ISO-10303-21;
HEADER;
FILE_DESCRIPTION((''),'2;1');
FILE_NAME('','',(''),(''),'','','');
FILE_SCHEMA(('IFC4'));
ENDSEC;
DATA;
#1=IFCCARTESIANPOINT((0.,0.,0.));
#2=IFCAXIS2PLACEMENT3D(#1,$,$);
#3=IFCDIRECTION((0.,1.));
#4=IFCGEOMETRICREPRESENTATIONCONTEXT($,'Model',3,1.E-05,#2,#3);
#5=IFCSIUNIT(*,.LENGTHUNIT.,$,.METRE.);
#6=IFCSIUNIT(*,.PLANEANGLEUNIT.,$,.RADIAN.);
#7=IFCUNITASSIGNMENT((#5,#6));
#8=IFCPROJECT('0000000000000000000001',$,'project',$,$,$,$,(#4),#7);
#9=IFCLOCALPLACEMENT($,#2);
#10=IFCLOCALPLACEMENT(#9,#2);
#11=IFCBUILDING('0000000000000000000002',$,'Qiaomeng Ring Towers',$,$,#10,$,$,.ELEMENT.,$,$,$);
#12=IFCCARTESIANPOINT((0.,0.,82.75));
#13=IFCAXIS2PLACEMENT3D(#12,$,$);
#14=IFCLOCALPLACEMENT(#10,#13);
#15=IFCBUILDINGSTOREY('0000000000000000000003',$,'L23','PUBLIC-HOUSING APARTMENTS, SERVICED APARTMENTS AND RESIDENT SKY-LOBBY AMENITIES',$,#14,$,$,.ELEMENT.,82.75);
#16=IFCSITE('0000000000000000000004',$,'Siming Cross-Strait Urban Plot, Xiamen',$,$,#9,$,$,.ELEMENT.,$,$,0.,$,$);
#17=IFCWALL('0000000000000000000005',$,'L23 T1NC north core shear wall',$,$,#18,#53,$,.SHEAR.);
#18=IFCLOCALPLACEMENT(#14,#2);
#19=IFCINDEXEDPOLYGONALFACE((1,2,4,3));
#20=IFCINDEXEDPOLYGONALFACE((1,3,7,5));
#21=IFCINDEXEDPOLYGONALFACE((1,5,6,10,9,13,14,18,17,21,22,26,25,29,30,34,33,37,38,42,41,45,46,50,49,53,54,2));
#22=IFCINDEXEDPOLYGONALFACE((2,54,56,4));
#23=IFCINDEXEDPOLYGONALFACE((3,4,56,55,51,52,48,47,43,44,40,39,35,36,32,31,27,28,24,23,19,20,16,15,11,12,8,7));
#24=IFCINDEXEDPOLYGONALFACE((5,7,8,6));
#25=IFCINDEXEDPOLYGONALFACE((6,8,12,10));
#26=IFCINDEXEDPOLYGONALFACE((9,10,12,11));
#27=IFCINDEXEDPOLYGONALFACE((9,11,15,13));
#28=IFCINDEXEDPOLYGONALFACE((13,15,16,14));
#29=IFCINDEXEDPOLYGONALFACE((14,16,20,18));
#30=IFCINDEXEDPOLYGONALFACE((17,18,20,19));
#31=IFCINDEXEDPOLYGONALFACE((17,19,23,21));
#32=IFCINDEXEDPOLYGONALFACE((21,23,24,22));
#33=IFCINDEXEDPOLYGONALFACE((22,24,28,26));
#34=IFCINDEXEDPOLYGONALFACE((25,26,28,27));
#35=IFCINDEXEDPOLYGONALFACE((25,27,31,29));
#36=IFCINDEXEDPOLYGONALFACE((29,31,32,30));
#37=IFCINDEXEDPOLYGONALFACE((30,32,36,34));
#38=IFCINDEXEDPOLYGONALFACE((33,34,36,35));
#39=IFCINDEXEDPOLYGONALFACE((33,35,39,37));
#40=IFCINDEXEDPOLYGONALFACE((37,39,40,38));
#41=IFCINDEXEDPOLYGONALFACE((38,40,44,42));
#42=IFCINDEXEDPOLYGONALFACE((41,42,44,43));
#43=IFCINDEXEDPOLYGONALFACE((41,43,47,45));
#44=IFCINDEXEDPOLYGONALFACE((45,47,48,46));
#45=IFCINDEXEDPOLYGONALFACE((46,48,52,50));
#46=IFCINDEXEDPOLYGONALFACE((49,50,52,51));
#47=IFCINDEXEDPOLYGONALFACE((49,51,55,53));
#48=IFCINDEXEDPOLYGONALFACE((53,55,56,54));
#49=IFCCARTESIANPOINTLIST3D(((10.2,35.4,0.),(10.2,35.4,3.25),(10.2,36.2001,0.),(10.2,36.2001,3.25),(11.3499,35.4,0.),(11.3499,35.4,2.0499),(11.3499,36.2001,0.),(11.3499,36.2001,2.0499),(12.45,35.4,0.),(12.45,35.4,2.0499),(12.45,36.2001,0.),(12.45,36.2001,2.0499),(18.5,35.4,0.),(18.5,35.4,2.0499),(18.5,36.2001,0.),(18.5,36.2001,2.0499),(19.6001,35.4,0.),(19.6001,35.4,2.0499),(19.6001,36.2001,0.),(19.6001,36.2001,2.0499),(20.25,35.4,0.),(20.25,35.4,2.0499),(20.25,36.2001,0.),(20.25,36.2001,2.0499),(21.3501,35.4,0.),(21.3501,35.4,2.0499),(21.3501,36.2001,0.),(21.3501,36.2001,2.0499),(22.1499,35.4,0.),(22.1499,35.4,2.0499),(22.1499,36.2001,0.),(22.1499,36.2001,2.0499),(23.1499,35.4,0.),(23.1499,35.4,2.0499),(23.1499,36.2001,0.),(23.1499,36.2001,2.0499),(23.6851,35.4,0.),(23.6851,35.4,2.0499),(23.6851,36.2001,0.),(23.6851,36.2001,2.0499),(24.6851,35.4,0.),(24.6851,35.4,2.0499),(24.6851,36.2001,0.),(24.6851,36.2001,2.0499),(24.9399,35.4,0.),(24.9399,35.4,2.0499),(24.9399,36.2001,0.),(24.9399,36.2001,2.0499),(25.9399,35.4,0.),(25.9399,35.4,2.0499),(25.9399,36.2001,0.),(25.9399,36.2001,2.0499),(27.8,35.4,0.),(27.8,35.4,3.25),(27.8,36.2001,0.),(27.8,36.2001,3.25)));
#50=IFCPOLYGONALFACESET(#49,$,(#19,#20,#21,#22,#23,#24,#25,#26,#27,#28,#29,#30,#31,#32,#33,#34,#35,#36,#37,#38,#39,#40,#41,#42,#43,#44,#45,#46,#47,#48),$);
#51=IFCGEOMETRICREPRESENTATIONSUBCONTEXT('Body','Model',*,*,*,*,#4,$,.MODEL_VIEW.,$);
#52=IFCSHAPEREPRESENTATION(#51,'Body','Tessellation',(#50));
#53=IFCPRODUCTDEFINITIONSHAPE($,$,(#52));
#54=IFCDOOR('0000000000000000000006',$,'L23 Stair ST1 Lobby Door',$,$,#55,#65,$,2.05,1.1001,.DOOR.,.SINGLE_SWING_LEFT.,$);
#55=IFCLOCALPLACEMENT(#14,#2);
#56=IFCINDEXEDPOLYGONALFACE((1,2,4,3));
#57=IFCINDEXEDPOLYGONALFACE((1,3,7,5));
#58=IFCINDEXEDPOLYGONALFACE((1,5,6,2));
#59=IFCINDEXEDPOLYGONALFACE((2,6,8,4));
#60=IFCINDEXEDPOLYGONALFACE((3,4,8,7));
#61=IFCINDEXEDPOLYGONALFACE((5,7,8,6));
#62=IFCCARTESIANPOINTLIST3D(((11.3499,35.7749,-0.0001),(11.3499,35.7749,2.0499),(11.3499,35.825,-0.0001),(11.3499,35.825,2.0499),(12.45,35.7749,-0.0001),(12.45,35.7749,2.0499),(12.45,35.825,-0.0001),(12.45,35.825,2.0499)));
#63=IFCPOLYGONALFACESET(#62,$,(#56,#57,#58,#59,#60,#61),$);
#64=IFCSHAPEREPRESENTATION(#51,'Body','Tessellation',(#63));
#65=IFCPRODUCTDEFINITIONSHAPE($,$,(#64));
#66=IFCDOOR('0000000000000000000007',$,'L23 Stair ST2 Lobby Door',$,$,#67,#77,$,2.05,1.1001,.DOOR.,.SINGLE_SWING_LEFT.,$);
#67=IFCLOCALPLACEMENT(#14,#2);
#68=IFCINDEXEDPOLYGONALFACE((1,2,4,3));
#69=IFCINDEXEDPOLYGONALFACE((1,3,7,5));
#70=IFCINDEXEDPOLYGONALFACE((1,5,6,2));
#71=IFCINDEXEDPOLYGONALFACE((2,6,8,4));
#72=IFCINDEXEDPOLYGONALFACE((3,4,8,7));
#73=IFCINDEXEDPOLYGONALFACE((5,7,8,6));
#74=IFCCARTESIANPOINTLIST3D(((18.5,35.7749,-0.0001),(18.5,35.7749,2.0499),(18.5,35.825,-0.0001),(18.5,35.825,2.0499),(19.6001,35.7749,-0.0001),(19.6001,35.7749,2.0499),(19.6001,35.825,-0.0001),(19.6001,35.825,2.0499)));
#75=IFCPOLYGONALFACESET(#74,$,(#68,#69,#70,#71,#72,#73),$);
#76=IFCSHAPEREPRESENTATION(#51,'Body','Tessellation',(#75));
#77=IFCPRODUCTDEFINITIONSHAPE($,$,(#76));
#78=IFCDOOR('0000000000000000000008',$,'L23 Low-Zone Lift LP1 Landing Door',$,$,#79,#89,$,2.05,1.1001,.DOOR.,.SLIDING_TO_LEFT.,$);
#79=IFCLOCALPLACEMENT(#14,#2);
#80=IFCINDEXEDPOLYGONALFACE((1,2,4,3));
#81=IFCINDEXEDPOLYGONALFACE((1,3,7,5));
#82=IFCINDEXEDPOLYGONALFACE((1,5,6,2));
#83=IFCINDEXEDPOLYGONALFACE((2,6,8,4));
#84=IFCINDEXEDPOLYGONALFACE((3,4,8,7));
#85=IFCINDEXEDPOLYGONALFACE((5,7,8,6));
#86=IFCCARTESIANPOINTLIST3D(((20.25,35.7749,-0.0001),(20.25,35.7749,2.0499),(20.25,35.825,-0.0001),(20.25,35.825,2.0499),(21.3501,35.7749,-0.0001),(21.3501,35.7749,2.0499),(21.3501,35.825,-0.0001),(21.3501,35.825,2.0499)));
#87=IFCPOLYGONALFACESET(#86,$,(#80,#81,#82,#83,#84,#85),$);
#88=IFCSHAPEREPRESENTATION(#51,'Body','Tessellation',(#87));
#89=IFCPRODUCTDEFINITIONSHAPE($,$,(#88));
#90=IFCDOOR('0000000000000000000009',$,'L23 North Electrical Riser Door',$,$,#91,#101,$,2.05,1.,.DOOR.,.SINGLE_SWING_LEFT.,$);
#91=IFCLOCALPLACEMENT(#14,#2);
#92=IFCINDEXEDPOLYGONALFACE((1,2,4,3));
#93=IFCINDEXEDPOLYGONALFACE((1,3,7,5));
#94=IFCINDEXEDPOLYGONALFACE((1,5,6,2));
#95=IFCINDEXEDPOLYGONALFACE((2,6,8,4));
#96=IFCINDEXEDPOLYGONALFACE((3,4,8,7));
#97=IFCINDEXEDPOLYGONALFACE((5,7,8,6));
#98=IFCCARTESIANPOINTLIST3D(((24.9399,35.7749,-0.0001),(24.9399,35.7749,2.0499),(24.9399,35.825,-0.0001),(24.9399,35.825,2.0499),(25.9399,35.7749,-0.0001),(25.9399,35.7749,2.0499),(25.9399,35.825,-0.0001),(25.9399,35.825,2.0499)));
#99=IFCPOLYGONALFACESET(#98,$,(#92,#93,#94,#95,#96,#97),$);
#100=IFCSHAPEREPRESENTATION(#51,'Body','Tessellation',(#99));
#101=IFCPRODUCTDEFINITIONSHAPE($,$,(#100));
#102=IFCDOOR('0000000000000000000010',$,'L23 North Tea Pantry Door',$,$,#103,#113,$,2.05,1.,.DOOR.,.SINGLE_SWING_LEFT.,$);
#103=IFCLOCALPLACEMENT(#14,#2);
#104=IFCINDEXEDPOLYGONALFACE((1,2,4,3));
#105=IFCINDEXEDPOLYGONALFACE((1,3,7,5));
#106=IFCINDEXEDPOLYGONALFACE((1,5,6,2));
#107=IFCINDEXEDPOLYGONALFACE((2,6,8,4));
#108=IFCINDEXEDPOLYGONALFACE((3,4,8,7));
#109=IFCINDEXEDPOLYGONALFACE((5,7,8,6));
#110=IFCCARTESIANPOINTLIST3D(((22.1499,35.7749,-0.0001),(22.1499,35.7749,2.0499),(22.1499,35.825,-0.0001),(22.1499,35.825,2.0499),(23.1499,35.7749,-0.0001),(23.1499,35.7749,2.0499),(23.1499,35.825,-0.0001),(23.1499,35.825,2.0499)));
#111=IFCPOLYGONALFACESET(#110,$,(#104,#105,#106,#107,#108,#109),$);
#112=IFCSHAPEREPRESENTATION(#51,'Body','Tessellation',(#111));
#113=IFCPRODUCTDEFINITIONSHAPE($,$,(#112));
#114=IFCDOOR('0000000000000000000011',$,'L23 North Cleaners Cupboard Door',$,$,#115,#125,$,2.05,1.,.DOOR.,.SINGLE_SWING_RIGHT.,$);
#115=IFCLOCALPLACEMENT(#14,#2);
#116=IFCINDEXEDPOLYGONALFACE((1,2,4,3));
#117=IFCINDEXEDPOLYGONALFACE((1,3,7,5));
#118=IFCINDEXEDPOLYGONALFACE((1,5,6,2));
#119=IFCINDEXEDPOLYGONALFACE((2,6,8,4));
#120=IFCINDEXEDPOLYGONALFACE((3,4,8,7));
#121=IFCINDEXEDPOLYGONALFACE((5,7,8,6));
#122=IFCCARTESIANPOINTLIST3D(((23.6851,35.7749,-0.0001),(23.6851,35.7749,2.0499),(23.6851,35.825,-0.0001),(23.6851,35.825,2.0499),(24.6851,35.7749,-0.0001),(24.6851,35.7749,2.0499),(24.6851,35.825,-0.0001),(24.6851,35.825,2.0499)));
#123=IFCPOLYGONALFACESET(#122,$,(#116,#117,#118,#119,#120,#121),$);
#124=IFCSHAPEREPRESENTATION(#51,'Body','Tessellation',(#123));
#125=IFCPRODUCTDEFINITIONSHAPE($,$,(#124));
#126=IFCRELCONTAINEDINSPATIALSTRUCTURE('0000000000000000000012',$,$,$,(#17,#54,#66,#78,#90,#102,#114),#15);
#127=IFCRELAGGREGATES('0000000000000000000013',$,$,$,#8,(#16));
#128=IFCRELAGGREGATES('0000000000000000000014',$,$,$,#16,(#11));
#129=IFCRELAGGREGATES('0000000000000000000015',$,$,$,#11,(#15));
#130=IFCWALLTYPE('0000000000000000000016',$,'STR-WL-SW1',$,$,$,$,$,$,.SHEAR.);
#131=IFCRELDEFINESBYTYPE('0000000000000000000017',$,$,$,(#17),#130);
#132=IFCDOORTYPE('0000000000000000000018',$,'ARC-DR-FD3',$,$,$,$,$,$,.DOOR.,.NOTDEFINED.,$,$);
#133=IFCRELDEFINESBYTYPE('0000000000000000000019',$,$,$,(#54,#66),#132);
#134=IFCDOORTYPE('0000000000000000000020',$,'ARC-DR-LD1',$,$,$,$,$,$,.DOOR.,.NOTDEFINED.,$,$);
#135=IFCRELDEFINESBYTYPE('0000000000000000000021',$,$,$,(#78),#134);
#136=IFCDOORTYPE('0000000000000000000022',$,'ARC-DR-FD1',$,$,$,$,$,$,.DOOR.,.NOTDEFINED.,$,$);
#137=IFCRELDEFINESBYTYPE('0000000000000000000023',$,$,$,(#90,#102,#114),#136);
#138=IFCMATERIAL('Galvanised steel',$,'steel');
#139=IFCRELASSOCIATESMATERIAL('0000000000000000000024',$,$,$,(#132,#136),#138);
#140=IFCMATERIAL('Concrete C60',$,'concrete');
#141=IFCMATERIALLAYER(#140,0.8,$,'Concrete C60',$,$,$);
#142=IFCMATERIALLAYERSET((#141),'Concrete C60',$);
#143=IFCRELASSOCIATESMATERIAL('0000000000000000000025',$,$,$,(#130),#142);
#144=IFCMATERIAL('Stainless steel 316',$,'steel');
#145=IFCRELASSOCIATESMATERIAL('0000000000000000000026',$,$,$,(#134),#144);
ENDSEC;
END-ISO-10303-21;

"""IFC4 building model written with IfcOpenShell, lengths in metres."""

from ifc_helpers import new_model, si_unit, direction, frame, frame_2d, origin, place, context, subcontext, project, spatial, rectangle, extrude, source, transform, mapped, material, layer, layer_set, type_object, element, fill, save


model = new_model("IFC4")

# Units and contexts
model_context = context("Model", 3, precision=1e-05, world=origin(), true_north=direction((0.0, 1.0)))
body_context = subcontext(model_context, "Body", "Model", "MODEL_VIEW")
ifc_project = project(units=[si_unit("LENGTHUNIT", "METRE"), si_unit("PLANEANGLEUNIT", "RADIAN")], contexts=[model_context])

# Site, building, storey
site_placement = place(None, origin())
site = spatial("IfcSite", under=ifc_project, at=site_placement, Name="Siming Cross-Strait Urban Plot, Xiamen", CompositionType="ELEMENT", RefElevation=0.0)
building_placement = place(site_placement, origin())
building = spatial("IfcBuilding", under=site, at=building_placement, Name="Qiaomeng Ring Towers", CompositionType="ELEMENT")
storey_placement = place(building_placement, frame((0.0, 0.0, 82.75)))
storey = spatial("IfcBuildingStorey", under=building, at=storey_placement, Name="L23", Description="PUBLIC-HOUSING APARTMENTS, SERVICED APARTMENTS AND RESIDENT SKY-LOBBY AMENITIES", CompositionType="ELEMENT", Elevation=82.75)

# Shared definitions
ifc_material_1 = material(Name="Concrete C60", Category="concrete")

# Shared definitions
shared_shape_1 = source(origin(), body_context, "Body", "SweptSolid", [
    extrude(rectangle(XDim=1.0, YDim=2.05, at=frame_2d((0.5, 1.0249))), frame((0.0, 0.0249, 0.0), z_axis=(0.0, -1.0, 0.0), x_axis=(1.0, 0.0, 0.0)), (0.0, 0.0, 1.0), 0.05),
])

# Shared definitions
ifc_material_2 = material(Name="Galvanised steel", Category="steel")
door_type_1 = type_object("IfcDoorType", Name="ARC-DR-FD3", OperationType="NOTDEFINED", PredefinedType="DOOR", material=ifc_material_2)
shared_shape_2 = source(origin(), body_context, "Body", "SweptSolid", [
    extrude(rectangle(XDim=1.1001, YDim=2.05, at=frame_2d((0.55, 1.0249))), frame((0.0, 0.0249, 0.0), z_axis=(0.0, -1.0, 0.0), x_axis=(1.0, 0.0, 0.0)), (0.0, 0.0, 1.0), 0.05),
])

# Wall, openings, doors
ifc_layer_1 = layer(ifc_material_1, 0.8, Name="Concrete C60")
ifc_layer_set_1 = layer_set([ifc_layer_1], Name="Concrete C60")
wall_type_1 = type_object("IfcWallType", Name="STR-WL-SW1", PredefinedType="SHEAR", material=ifc_layer_set_1)
wall_1_placement = place(storey_placement, frame((10.2, 35.8, 0.0), z_axis=(0.0, 0.0, 1.0), x_axis=(1.0, 0.0, 0.0)))
wall_1 = element("IfcWall", 1, at=wall_1_placement, inside=storey, type_object=wall_type_1, Name="L23 T1NC north core shear wall", PredefinedType="SHEAR", context=body_context, shape_type="SweptSolid", body=[
    extrude(rectangle(XDim=17.6001, YDim=0.8, at=frame_2d((8.8, 0.0))), origin(), (0.0, 0.0, 1.0), 3.25),
])
opening_1_placement = place(wall_1_placement, frame((1.1499, 0.0, 0.0)))
opening_1 = element("IfcOpeningElement", 2, at=opening_1_placement, cuts=wall_1, PredefinedType="OPENING", context=body_context, shape_type="SweptSolid", body=[
    extrude(rectangle(XDim=1.1001, YDim=2.05, at=frame_2d((0.55, 1.0249))), frame((0.0, 0.4099, 0.0), z_axis=(0.0, -1.0, 0.0), x_axis=(1.0, 0.0, 0.0)), (0.0, 0.0, 1.0), 0.8201),
])
opening_2_placement = place(wall_1_placement, frame((8.3, 0.0, 0.0)))
opening_2 = element("IfcOpeningElement", 3, at=opening_2_placement, cuts=wall_1, PredefinedType="OPENING", context=body_context, shape_type="SweptSolid", body=[
    extrude(rectangle(XDim=1.1001, YDim=2.05, at=frame_2d((0.55, 1.0249))), frame((0.0, 0.4099, 0.0), z_axis=(0.0, -1.0, 0.0), x_axis=(1.0, 0.0, 0.0)), (0.0, 0.0, 1.0), 0.8201),
])
opening_3_placement = place(wall_1_placement, frame((10.05, 0.0, 0.0)))
opening_3 = element("IfcOpeningElement", 4, at=opening_3_placement, cuts=wall_1, PredefinedType="OPENING", context=body_context, shape_type="SweptSolid", body=[
    extrude(rectangle(XDim=1.1001, YDim=2.05, at=frame_2d((0.55, 1.0249))), frame((0.0, 0.4099, 0.0), z_axis=(0.0, -1.0, 0.0), x_axis=(1.0, 0.0, 0.0)), (0.0, 0.0, 1.0), 0.8201),
])
opening_4_placement = place(wall_1_placement, frame((14.74, 0.0, 0.0)))
opening_4 = element("IfcOpeningElement", 5, at=opening_4_placement, cuts=wall_1, PredefinedType="OPENING", context=body_context, shape_type="SweptSolid", body=[
    extrude(rectangle(XDim=1.0, YDim=2.05, at=frame_2d((0.5, 1.0249))), frame((0.0, 0.4099, 0.0), z_axis=(0.0, -1.0, 0.0), x_axis=(1.0, 0.0, 0.0)), (0.0, 0.0, 1.0), 0.8201),
])
opening_5_placement = place(wall_1_placement, frame((11.95, 0.0, 0.0)))
opening_5 = element("IfcOpeningElement", 6, at=opening_5_placement, cuts=wall_1, PredefinedType="OPENING", context=body_context, shape_type="SweptSolid", body=[
    extrude(rectangle(XDim=1.0, YDim=2.05, at=frame_2d((0.5, 1.0249))), frame((0.0, 0.4099, 0.0), z_axis=(0.0, -1.0, 0.0), x_axis=(1.0, 0.0, 0.0)), (0.0, 0.0, 1.0), 0.8201),
])
opening_6_placement = place(wall_1_placement, frame((13.4851, 0.0, 0.0)))
opening_6 = element("IfcOpeningElement", 7, at=opening_6_placement, cuts=wall_1, PredefinedType="OPENING", context=body_context, shape_type="SweptSolid", body=[
    extrude(rectangle(XDim=1.0, YDim=2.05, at=frame_2d((0.5, 1.0249))), frame((0.0, 0.4099, 0.0), z_axis=(0.0, -1.0, 0.0), x_axis=(1.0, 0.0, 0.0)), (0.0, 0.0, 1.0), 0.8201),
])
door_1_placement = place(opening_1_placement, origin())
door_1 = element("IfcDoor", 8, at=door_1_placement, inside=storey, type_object=door_type_1, Name="L23 Stair ST1 Lobby Door", OperationType="SINGLE_SWING_LEFT", OverallHeight=2.05, OverallWidth=1.1001, PredefinedType="DOOR", context=body_context, shape_type="MappedRepresentation", body=[
    mapped(shared_shape_2, transform((0.0, 0.0, 0.0), x_axis=(1.0, 0.0, 0.0), y_axis=(0.0, 1.0, 0.0), z_axis=(0.0, 0.0, 1.0), scale=1.0)),
])
fill(opening_1, door_1)
door_2_placement = place(opening_2_placement, origin())
door_2 = element("IfcDoor", 9, at=door_2_placement, inside=storey, type_object=door_type_1, Name="L23 Stair ST2 Lobby Door", OperationType="SINGLE_SWING_LEFT", OverallHeight=2.05, OverallWidth=1.1001, PredefinedType="DOOR", context=body_context, shape_type="MappedRepresentation", body=[
    mapped(shared_shape_2, transform((0.0, 0.0, 0.0), x_axis=(1.0, 0.0, 0.0), y_axis=(0.0, 1.0, 0.0), z_axis=(0.0, 0.0, 1.0), scale=1.0)),
])
fill(opening_2, door_2)
ifc_material_3 = material(Name="Stainless steel 316", Category="steel")
door_type_2 = type_object("IfcDoorType", Name="ARC-DR-LD1", OperationType="NOTDEFINED", PredefinedType="DOOR", material=ifc_material_3)
door_3_placement = place(opening_3_placement, origin())
door_3 = element("IfcDoor", 10, at=door_3_placement, inside=storey, type_object=door_type_2, Name="L23 Low-Zone Lift LP1 Landing Door", OperationType="SLIDING_TO_LEFT", OverallHeight=2.05, OverallWidth=1.1001, PredefinedType="DOOR", context=body_context, shape_type="MappedRepresentation", body=[
    mapped(shared_shape_2, transform((0.0, 0.0, 0.0), x_axis=(1.0, 0.0, 0.0), y_axis=(0.0, 1.0, 0.0), z_axis=(0.0, 0.0, 1.0), scale=1.0)),
])
fill(opening_3, door_3)
door_type_3 = type_object("IfcDoorType", Name="ARC-DR-FD1", OperationType="NOTDEFINED", PredefinedType="DOOR", material=ifc_material_2)
door_4_placement = place(opening_4_placement, origin())
door_4 = element("IfcDoor", 11, at=door_4_placement, inside=storey, type_object=door_type_3, Name="L23 North Electrical Riser Door", OperationType="SINGLE_SWING_LEFT", OverallHeight=2.05, OverallWidth=1.0, PredefinedType="DOOR", context=body_context, shape_type="MappedRepresentation", body=[
    mapped(shared_shape_1, transform((0.0, 0.0, 0.0), x_axis=(1.0, 0.0, 0.0), y_axis=(0.0, 1.0, 0.0), z_axis=(0.0, 0.0, 1.0), scale=1.0)),
])
fill(opening_4, door_4)
door_5_placement = place(opening_5_placement, origin())
door_5 = element("IfcDoor", 12, at=door_5_placement, inside=storey, type_object=door_type_3, Name="L23 North Tea Pantry Door", OperationType="SINGLE_SWING_LEFT", OverallHeight=2.05, OverallWidth=1.0, PredefinedType="DOOR", context=body_context, shape_type="MappedRepresentation", body=[
    mapped(shared_shape_1, transform((0.0, 0.0, 0.0), x_axis=(1.0, 0.0, 0.0), y_axis=(0.0, 1.0, 0.0), z_axis=(0.0, 0.0, 1.0), scale=1.0)),
])
fill(opening_5, door_5)
door_6_placement = place(opening_6_placement, origin())
door_6 = element("IfcDoor", 13, at=door_6_placement, inside=storey, type_object=door_type_3, Name="L23 North Cleaners Cupboard Door", OperationType="SINGLE_SWING_RIGHT", OverallHeight=2.05, OverallWidth=1.0, PredefinedType="DOOR", context=body_context, shape_type="MappedRepresentation", body=[
    mapped(shared_shape_1, transform((0.0, 0.0, 0.0), x_axis=(1.0, 0.0, 0.0), y_axis=(0.0, 1.0, 0.0), z_axis=(0.0, 0.0, 1.0), scale=1.0)),
])
fill(opening_6, door_6)

save(model, "model.ifc")
